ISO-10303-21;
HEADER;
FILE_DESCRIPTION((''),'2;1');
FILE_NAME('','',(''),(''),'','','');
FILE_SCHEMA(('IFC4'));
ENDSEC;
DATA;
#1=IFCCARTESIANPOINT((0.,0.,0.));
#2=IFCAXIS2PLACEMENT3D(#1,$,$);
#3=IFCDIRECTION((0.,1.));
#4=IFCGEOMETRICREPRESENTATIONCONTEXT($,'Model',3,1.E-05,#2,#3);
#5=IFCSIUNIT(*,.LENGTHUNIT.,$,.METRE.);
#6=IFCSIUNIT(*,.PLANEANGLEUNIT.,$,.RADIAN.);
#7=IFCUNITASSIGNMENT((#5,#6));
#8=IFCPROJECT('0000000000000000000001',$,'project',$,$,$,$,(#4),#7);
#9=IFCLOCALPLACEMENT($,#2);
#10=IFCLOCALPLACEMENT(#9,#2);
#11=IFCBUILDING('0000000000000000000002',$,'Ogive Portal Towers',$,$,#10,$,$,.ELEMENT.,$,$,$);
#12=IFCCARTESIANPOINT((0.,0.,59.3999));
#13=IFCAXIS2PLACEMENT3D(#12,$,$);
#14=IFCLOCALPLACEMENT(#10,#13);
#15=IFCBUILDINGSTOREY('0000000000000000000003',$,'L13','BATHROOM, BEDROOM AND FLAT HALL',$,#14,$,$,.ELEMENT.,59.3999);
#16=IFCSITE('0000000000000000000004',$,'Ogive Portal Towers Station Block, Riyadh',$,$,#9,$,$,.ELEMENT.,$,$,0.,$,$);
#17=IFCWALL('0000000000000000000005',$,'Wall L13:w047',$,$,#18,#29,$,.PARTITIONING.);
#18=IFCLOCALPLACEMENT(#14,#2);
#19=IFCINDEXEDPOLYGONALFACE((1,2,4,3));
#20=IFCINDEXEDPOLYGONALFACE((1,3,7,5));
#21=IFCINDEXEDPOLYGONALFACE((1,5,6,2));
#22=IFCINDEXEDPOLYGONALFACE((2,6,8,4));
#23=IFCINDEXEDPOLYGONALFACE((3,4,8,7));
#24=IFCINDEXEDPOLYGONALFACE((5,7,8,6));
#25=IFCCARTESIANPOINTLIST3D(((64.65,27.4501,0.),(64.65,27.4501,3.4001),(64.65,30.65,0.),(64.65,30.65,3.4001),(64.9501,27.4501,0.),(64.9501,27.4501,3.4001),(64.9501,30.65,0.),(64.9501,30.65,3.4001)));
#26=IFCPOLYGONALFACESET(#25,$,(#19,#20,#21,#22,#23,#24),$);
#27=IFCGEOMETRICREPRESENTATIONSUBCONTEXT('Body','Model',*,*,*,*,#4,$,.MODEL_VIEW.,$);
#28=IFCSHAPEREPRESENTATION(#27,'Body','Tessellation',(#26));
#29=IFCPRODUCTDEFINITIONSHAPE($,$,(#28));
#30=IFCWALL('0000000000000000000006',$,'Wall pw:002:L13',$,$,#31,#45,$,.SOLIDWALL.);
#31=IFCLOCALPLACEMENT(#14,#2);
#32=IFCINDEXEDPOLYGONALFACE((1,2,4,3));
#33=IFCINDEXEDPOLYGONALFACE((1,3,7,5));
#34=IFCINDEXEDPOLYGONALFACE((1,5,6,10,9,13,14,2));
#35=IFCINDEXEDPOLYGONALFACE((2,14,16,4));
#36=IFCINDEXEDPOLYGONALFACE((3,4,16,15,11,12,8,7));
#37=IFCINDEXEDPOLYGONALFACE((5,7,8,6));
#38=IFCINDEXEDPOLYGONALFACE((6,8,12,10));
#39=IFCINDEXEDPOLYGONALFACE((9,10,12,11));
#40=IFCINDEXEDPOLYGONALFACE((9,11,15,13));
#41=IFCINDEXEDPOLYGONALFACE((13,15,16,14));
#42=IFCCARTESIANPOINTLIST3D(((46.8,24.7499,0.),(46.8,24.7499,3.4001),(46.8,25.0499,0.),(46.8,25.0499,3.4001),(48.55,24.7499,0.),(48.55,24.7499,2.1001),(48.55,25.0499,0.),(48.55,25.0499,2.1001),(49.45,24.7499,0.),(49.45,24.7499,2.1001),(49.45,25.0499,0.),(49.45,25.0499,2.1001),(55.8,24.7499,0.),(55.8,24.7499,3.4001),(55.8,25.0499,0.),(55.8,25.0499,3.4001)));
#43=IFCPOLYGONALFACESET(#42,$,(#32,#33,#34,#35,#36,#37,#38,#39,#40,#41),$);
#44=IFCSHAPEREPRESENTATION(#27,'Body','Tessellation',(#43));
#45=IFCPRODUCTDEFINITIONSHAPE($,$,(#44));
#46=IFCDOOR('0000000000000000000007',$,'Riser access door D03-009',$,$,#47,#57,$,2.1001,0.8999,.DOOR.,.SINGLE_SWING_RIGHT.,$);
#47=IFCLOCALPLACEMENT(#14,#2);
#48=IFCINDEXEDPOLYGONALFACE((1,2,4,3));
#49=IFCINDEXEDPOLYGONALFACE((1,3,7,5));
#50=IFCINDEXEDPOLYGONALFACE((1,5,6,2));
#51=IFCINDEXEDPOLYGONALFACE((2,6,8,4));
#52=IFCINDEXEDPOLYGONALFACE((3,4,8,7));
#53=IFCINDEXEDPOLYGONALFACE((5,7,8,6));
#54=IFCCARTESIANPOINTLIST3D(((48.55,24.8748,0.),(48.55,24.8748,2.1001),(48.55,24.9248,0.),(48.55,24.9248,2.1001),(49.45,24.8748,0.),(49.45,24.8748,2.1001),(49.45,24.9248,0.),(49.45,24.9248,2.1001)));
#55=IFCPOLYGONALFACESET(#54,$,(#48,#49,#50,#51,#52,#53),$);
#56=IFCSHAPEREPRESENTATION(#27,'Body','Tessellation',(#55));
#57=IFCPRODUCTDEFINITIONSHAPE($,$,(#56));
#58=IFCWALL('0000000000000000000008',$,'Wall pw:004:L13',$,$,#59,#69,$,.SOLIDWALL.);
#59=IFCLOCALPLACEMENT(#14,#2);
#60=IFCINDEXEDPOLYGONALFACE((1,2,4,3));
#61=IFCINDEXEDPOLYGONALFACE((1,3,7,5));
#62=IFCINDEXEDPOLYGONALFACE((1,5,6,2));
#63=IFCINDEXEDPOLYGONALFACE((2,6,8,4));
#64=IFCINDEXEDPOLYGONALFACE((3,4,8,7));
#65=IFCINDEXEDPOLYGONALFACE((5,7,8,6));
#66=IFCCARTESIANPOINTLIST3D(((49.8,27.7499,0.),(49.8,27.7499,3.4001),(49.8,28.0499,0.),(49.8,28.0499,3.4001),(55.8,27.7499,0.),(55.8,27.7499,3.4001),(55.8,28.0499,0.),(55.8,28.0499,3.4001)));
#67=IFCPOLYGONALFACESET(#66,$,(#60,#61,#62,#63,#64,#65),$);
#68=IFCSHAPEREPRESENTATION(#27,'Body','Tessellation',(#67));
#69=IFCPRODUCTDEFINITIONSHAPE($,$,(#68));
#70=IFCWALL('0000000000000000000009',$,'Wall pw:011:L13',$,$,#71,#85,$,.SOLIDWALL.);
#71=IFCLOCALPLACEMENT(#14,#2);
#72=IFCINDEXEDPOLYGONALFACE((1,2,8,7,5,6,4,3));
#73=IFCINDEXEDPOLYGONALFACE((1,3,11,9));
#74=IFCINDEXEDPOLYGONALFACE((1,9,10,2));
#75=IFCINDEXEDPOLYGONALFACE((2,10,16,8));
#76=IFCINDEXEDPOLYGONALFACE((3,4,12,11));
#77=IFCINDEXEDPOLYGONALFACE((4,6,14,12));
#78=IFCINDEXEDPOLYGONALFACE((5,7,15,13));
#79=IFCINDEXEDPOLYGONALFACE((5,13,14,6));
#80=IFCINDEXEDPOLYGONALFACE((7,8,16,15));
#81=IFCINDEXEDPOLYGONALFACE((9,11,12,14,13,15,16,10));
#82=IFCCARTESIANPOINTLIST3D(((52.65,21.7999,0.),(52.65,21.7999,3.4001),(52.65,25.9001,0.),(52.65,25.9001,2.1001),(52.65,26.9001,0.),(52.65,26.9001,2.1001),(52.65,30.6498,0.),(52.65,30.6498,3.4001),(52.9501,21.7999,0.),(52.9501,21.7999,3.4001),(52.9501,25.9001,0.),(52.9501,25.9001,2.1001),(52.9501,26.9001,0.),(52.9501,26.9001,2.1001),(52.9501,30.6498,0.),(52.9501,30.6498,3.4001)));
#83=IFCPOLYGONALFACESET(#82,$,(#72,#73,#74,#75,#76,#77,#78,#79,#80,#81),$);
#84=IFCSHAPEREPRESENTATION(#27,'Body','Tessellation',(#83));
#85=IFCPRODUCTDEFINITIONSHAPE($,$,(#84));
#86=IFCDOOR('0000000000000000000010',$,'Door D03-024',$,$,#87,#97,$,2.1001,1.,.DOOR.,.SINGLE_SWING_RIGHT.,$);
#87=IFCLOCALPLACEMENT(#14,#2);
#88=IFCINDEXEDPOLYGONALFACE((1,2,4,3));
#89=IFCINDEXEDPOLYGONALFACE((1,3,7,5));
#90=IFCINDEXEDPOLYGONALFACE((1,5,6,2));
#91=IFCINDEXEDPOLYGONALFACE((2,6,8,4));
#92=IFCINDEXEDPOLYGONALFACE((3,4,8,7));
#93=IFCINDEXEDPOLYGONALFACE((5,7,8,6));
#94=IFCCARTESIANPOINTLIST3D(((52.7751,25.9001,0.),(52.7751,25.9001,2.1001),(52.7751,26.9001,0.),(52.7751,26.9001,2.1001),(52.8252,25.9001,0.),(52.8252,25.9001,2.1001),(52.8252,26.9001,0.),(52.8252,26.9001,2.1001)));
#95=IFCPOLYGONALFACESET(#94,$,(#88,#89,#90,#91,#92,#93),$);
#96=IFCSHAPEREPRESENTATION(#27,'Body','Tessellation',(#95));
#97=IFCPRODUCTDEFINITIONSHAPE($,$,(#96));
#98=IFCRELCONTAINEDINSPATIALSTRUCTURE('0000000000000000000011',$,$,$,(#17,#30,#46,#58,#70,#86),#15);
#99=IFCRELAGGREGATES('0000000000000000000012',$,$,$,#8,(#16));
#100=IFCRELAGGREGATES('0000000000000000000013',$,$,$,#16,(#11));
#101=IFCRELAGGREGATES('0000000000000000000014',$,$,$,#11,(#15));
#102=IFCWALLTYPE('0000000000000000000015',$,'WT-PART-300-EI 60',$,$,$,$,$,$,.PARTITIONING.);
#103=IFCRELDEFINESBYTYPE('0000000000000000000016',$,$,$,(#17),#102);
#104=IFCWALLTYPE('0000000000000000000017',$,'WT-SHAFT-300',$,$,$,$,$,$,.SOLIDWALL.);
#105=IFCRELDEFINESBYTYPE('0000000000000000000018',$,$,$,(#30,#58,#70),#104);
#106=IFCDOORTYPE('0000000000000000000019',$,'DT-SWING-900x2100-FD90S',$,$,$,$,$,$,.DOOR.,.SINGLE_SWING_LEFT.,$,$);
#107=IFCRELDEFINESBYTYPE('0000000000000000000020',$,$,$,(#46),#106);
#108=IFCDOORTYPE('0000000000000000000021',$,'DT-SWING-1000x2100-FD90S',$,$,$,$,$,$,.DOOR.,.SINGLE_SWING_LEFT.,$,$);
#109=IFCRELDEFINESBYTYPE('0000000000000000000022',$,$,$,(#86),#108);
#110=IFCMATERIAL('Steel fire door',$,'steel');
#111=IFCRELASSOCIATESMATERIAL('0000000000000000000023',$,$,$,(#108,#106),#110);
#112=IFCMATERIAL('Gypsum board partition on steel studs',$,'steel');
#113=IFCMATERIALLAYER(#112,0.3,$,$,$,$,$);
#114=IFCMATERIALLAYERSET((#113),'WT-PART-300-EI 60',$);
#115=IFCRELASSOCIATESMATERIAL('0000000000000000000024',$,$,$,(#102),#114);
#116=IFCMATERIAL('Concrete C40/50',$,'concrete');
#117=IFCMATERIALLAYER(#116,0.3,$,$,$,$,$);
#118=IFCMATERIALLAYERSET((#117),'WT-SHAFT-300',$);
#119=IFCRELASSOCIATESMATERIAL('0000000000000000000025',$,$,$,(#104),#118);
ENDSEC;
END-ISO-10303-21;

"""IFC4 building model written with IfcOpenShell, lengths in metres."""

from ifc_helpers import new_model, si_unit, direction, frame, frame_2d, origin, place, context, subcontext, project, spatial, rectangle, extrude, material, layer, layer_set, type_object, element, fill, save


model = new_model("IFC4")

# Units and contexts
model_context = context("Model", 3, precision=1e-05, world=origin(), true_north=direction((0.0, 1.0)))
body_context = subcontext(model_context, "Body", "Model", "MODEL_VIEW")
ifc_project = project(units=[si_unit("LENGTHUNIT", "METRE"), si_unit("PLANEANGLEUNIT", "RADIAN")], contexts=[model_context])

# Site, building, storey
site_placement = place(None, origin())
site = spatial("IfcSite", under=ifc_project, at=site_placement, Name="Ogive Portal Towers Station Block, Riyadh", CompositionType="ELEMENT", RefElevation=0.0)
building_placement = place(site_placement, origin())
building = spatial("IfcBuilding", under=site, at=building_placement, Name="Ogive Portal Towers", CompositionType="ELEMENT")
storey_placement = place(building_placement, frame((0.0, 0.0, 59.3999)))
storey = spatial("IfcBuildingStorey", under=building, at=storey_placement, Name="L13", Description="BATHROOM, BEDROOM AND FLAT HALL", CompositionType="ELEMENT", Elevation=59.3999)

# Shared definitions
ifc_material_1 = material(Name="Steel fire door", Category="steel")
door_type_1 = type_object("IfcDoorType", Name="DT-SWING-1000x2100-FD90S", OperationType="SINGLE_SWING_LEFT", PredefinedType="DOOR", material=ifc_material_1)

# Shared definitions
ifc_material_2 = material(Name="Gypsum board partition on steel studs", Category="steel")

# Shared definitions
ifc_layer_1 = layer(ifc_material_2, 0.3)
ifc_layer_set_1 = layer_set([ifc_layer_1], Name="WT-PART-300-EI 60")
wall_type_1 = type_object("IfcWallType", Name="WT-PART-300-EI 60", PredefinedType="PARTITIONING", material=ifc_layer_set_1)

# Wall
wall_1_placement = place(storey_placement, frame((64.8, 27.45, 0.0), z_axis=(0.0, 0.0, 1.0), x_axis=(0.0, 1.0, 0.0)))
element("IfcWall", 1, at=wall_1_placement, inside=storey, type_object=wall_type_1, Name="Wall L13:w047", PredefinedType="PARTITIONING", context=body_context, shape_type="SweptSolid", body=[
    extrude(rectangle(XDim=3.2, YDim=0.3, at=frame_2d((1.6001, 0.0))), origin(), (0.0, 0.0, 1.0), 3.4001),
])

# Wall, opening, door
ifc_material_3 = material(Name="Concrete C40/50", Category="concrete")
ifc_layer_2 = layer(ifc_material_3, 0.3)
ifc_layer_set_2 = layer_set([ifc_layer_2], Name="WT-SHAFT-300")
wall_type_2 = type_object("IfcWallType", Name="WT-SHAFT-300", PredefinedType="SOLIDWALL", material=ifc_layer_set_2)
wall_2_placement = place(storey_placement, frame((46.8, 24.8999, 0.0), z_axis=(0.0, 0.0, 1.0), x_axis=(1.0, 0.0, 0.0)))
wall_2 = element("IfcWall", 2, at=wall_2_placement, inside=storey, type_object=wall_type_2, Name="Wall pw:002:L13", PredefinedType="SOLIDWALL", context=body_context, shape_type="SweptSolid", body=[
    extrude(rectangle(XDim=9.0, YDim=0.3, at=frame_2d((4.5, 0.0))), origin(), (0.0, 0.0, 1.0), 3.4001),
])
opening_1_placement = place(wall_2_placement, frame((1.75, 0.0, 0.0)))
opening_1 = element("IfcOpeningElement", 3, at=opening_1_placement, cuts=wall_2, PredefinedType="OPENING", context=body_context, shape_type="SweptSolid", body=[
    extrude(rectangle(XDim=0.8999, YDim=2.1001, at=frame_2d((0.45, 1.05))), frame((0.0, 0.1602, 0.0), z_axis=(0.0, -1.0, 0.0), x_axis=(1.0, 0.0, 0.0)), (0.0, 0.0, 1.0), 0.3201),
])
door_type_2 = type_object("IfcDoorType", Name="DT-SWING-900x2100-FD90S", OperationType="SINGLE_SWING_LEFT", PredefinedType="DOOR", material=ifc_material_1)
door_1_placement = place(opening_1_placement, origin())
door_1 = element("IfcDoor", 4, at=door_1_placement, inside=storey, type_object=door_type_2, Name="Riser access door D03-009", OperationType="SINGLE_SWING_RIGHT", OverallHeight=2.1001, OverallWidth=0.8999, PredefinedType="DOOR", context=body_context, shape_type="SweptSolid", body=[
    extrude(rectangle(XDim=0.8999, YDim=2.1001, at=frame_2d((0.45, 1.05))), frame((0.0, 0.0249, 0.0), z_axis=(0.0, -1.0, 0.0), x_axis=(1.0, 0.0, 0.0)), (0.0, 0.0, 1.0), 0.05),
])
fill(opening_1, door_1)

# Wall
wall_3_placement = place(storey_placement, frame((49.8, 27.8999, 0.0), z_axis=(0.0, 0.0, 1.0), x_axis=(1.0, 0.0, 0.0)))
element("IfcWall", 5, at=wall_3_placement, inside=storey, type_object=wall_type_2, Name="Wall pw:004:L13", PredefinedType="SOLIDWALL", context=body_context, shape_type="SweptSolid", body=[
    extrude(rectangle(XDim=6.0, YDim=0.3, at=frame_2d((3.0, 0.0))), origin(), (0.0, 0.0, 1.0), 3.4001),
])

# Wall, opening, door
wall_4_placement = place(storey_placement, frame((52.8, 21.8, 0.0), z_axis=(0.0, 0.0, 1.0), x_axis=(0.0, 1.0, 0.0)))
wall_4 = element("IfcWall", 6, at=wall_4_placement, inside=storey, type_object=wall_type_2, Name="Wall pw:011:L13", PredefinedType="SOLIDWALL", context=body_context, shape_type="SweptSolid", body=[
    extrude(rectangle(XDim=8.8499, YDim=0.3, at=frame_2d((4.4248, 0.0))), origin(), (0.0, 0.0, 1.0), 3.4001),
])
opening_2_placement = place(wall_4_placement, frame((4.1001, 0.0, 0.0)))
opening_2 = element("IfcOpeningElement", 7, at=opening_2_placement, cuts=wall_4, PredefinedType="OPENING", context=body_context, shape_type="SweptSolid", body=[
    extrude(rectangle(XDim=1.0, YDim=2.1001, at=frame_2d((0.5, 1.05))), frame((0.0, 0.1602, 0.0), z_axis=(0.0, -1.0, 0.0), x_axis=(1.0, 0.0, 0.0)), (0.0, 0.0, 1.0), 0.3201),
])
door_2_placement = place(opening_2_placement, origin())
door_2 = element("IfcDoor", 8, at=door_2_placement, inside=storey, type_object=door_type_1, Name="Door D03-024", OperationType="SINGLE_SWING_RIGHT", OverallHeight=2.1001, OverallWidth=1.0, PredefinedType="DOOR", context=body_context, shape_type="SweptSolid", body=[
    extrude(rectangle(XDim=1.0, YDim=2.1001, at=frame_2d((0.5, 1.05))), frame((0.0, 0.0249, 0.0), z_axis=(0.0, -1.0, 0.0), x_axis=(1.0, 0.0, 0.0)), (0.0, 0.0, 1.0), 0.05),
])
fill(opening_2, door_2)

save(model, "model.ifc")
